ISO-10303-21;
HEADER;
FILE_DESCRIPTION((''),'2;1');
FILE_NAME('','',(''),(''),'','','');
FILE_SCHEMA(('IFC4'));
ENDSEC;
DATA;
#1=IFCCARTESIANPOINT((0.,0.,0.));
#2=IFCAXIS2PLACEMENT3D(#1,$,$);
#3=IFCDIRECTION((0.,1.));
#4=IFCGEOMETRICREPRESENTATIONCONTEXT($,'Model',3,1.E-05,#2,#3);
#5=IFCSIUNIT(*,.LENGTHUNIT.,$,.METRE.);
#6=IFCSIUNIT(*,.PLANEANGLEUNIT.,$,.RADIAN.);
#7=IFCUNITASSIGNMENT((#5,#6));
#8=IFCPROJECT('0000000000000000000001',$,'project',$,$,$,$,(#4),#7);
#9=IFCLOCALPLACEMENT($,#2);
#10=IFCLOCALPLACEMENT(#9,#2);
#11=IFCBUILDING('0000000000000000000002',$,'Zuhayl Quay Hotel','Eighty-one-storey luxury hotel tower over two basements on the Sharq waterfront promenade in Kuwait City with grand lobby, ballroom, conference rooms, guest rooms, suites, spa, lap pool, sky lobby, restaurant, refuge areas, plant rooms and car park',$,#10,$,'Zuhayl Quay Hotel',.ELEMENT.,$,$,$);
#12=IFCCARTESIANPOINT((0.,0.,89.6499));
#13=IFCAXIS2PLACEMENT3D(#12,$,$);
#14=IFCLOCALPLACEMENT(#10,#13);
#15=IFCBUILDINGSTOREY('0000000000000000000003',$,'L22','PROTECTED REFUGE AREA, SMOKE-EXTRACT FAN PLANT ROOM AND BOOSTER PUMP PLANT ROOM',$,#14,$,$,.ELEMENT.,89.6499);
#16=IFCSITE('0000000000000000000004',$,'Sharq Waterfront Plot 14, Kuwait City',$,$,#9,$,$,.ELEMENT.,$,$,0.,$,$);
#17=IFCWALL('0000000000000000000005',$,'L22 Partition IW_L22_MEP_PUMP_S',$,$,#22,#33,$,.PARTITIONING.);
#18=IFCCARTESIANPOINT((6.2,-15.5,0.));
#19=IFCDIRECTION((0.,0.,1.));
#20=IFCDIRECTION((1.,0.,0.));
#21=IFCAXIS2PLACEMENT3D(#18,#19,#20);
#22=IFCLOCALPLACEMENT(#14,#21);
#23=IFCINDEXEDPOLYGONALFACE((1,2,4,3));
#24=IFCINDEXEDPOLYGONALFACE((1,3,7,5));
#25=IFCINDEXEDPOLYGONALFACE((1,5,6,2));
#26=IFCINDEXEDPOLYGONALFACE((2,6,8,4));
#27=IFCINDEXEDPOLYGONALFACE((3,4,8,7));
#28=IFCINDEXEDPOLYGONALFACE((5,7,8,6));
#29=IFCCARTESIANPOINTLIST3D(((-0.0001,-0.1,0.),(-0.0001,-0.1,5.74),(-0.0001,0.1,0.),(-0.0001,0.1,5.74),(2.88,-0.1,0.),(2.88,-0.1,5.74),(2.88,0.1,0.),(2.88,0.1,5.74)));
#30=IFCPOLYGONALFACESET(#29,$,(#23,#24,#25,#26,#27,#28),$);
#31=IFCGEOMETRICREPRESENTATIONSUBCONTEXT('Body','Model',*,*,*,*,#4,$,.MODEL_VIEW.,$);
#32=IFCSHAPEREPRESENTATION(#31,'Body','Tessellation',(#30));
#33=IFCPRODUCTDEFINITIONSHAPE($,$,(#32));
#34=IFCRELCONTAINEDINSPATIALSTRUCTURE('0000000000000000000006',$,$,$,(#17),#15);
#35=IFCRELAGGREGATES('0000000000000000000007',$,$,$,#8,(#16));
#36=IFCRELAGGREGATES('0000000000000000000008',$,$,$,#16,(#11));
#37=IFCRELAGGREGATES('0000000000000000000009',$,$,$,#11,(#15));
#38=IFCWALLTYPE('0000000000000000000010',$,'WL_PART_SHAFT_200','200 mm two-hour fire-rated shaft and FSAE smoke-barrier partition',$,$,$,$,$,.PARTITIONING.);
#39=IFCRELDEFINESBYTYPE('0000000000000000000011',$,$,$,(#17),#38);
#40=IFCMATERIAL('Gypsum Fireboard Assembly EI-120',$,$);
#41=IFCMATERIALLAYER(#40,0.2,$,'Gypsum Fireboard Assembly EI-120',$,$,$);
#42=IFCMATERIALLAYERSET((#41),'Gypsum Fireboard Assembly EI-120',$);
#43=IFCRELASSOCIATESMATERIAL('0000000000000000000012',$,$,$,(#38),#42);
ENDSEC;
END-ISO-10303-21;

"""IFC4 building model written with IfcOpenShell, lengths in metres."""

from ifc_helpers import new_model, si_unit, direction, frame, frame_2d, origin, place, context, subcontext, project, spatial, rectangle, extrude, material, layer, layer_set, type_object, element, save


model = new_model("IFC4")

# Units and contexts
model_context = context("Model", 3, precision=1e-05, world=origin(), true_north=direction((0.0, 1.0)))
body_context = subcontext(model_context, "Body", "Model", "MODEL_VIEW")
ifc_project = project(units=[si_unit("LENGTHUNIT", "METRE"), si_unit("PLANEANGLEUNIT", "RADIAN")], contexts=[model_context])

# Site, building, storey
site_placement = place(None, origin())
site = spatial("IfcSite", under=ifc_project, at=site_placement, Name="Sharq Waterfront Plot 14, Kuwait City", CompositionType="ELEMENT", RefElevation=0.0)
building_placement = place(site_placement, origin())
building = spatial("IfcBuilding", under=site, at=building_placement, Name="Zuhayl Quay Hotel", Description="Eighty-one-storey luxury hotel tower over two basements on the Sharq waterfront promenade in Kuwait City with grand lobby, ballroom, conference rooms, guest rooms, suites, spa, lap pool, sky lobby, restaurant, refuge areas, plant rooms and car park", LongName="Zuhayl Quay Hotel", CompositionType="ELEMENT")
storey_placement = place(building_placement, frame((0.0, 0.0, 89.6499)))
storey = spatial("IfcBuildingStorey", under=building, at=storey_placement, Name="L22", Description="PROTECTED REFUGE AREA, SMOKE-EXTRACT FAN PLANT ROOM AND BOOSTER PUMP PLANT ROOM", CompositionType="ELEMENT", Elevation=89.6499)

# Wall
ifc_material_1 = material(Name="Gypsum Fireboard Assembly EI-120")
ifc_layer_1 = layer(ifc_material_1, 0.2, Name="Gypsum Fireboard Assembly EI-120")
ifc_layer_set_1 = layer_set([ifc_layer_1], Name="Gypsum Fireboard Assembly EI-120")
wall_type = type_object("IfcWallType", Name="WL_PART_SHAFT_200", Description="200 mm two-hour fire-rated shaft and FSAE smoke-barrier partition", PredefinedType="PARTITIONING", material=ifc_layer_set_1)
wall_1_placement = place(storey_placement, frame((6.2, -15.5, 0.0), z_axis=(0.0, 0.0, 1.0), x_axis=(1.0, 0.0, 0.0)))
element("IfcWall", 1, at=wall_1_placement, inside=storey, type_object=wall_type, Name="L22 Partition IW_L22_MEP_PUMP_S", PredefinedType="PARTITIONING", context=body_context, shape_type="SweptSolid", body=[
    extrude(rectangle(XDim=2.8801, YDim=0.2, at=frame_2d((1.4399, 0.0))), origin(), (0.0, 0.0, 1.0), 5.74),
])

save(model, "model.ifc")
